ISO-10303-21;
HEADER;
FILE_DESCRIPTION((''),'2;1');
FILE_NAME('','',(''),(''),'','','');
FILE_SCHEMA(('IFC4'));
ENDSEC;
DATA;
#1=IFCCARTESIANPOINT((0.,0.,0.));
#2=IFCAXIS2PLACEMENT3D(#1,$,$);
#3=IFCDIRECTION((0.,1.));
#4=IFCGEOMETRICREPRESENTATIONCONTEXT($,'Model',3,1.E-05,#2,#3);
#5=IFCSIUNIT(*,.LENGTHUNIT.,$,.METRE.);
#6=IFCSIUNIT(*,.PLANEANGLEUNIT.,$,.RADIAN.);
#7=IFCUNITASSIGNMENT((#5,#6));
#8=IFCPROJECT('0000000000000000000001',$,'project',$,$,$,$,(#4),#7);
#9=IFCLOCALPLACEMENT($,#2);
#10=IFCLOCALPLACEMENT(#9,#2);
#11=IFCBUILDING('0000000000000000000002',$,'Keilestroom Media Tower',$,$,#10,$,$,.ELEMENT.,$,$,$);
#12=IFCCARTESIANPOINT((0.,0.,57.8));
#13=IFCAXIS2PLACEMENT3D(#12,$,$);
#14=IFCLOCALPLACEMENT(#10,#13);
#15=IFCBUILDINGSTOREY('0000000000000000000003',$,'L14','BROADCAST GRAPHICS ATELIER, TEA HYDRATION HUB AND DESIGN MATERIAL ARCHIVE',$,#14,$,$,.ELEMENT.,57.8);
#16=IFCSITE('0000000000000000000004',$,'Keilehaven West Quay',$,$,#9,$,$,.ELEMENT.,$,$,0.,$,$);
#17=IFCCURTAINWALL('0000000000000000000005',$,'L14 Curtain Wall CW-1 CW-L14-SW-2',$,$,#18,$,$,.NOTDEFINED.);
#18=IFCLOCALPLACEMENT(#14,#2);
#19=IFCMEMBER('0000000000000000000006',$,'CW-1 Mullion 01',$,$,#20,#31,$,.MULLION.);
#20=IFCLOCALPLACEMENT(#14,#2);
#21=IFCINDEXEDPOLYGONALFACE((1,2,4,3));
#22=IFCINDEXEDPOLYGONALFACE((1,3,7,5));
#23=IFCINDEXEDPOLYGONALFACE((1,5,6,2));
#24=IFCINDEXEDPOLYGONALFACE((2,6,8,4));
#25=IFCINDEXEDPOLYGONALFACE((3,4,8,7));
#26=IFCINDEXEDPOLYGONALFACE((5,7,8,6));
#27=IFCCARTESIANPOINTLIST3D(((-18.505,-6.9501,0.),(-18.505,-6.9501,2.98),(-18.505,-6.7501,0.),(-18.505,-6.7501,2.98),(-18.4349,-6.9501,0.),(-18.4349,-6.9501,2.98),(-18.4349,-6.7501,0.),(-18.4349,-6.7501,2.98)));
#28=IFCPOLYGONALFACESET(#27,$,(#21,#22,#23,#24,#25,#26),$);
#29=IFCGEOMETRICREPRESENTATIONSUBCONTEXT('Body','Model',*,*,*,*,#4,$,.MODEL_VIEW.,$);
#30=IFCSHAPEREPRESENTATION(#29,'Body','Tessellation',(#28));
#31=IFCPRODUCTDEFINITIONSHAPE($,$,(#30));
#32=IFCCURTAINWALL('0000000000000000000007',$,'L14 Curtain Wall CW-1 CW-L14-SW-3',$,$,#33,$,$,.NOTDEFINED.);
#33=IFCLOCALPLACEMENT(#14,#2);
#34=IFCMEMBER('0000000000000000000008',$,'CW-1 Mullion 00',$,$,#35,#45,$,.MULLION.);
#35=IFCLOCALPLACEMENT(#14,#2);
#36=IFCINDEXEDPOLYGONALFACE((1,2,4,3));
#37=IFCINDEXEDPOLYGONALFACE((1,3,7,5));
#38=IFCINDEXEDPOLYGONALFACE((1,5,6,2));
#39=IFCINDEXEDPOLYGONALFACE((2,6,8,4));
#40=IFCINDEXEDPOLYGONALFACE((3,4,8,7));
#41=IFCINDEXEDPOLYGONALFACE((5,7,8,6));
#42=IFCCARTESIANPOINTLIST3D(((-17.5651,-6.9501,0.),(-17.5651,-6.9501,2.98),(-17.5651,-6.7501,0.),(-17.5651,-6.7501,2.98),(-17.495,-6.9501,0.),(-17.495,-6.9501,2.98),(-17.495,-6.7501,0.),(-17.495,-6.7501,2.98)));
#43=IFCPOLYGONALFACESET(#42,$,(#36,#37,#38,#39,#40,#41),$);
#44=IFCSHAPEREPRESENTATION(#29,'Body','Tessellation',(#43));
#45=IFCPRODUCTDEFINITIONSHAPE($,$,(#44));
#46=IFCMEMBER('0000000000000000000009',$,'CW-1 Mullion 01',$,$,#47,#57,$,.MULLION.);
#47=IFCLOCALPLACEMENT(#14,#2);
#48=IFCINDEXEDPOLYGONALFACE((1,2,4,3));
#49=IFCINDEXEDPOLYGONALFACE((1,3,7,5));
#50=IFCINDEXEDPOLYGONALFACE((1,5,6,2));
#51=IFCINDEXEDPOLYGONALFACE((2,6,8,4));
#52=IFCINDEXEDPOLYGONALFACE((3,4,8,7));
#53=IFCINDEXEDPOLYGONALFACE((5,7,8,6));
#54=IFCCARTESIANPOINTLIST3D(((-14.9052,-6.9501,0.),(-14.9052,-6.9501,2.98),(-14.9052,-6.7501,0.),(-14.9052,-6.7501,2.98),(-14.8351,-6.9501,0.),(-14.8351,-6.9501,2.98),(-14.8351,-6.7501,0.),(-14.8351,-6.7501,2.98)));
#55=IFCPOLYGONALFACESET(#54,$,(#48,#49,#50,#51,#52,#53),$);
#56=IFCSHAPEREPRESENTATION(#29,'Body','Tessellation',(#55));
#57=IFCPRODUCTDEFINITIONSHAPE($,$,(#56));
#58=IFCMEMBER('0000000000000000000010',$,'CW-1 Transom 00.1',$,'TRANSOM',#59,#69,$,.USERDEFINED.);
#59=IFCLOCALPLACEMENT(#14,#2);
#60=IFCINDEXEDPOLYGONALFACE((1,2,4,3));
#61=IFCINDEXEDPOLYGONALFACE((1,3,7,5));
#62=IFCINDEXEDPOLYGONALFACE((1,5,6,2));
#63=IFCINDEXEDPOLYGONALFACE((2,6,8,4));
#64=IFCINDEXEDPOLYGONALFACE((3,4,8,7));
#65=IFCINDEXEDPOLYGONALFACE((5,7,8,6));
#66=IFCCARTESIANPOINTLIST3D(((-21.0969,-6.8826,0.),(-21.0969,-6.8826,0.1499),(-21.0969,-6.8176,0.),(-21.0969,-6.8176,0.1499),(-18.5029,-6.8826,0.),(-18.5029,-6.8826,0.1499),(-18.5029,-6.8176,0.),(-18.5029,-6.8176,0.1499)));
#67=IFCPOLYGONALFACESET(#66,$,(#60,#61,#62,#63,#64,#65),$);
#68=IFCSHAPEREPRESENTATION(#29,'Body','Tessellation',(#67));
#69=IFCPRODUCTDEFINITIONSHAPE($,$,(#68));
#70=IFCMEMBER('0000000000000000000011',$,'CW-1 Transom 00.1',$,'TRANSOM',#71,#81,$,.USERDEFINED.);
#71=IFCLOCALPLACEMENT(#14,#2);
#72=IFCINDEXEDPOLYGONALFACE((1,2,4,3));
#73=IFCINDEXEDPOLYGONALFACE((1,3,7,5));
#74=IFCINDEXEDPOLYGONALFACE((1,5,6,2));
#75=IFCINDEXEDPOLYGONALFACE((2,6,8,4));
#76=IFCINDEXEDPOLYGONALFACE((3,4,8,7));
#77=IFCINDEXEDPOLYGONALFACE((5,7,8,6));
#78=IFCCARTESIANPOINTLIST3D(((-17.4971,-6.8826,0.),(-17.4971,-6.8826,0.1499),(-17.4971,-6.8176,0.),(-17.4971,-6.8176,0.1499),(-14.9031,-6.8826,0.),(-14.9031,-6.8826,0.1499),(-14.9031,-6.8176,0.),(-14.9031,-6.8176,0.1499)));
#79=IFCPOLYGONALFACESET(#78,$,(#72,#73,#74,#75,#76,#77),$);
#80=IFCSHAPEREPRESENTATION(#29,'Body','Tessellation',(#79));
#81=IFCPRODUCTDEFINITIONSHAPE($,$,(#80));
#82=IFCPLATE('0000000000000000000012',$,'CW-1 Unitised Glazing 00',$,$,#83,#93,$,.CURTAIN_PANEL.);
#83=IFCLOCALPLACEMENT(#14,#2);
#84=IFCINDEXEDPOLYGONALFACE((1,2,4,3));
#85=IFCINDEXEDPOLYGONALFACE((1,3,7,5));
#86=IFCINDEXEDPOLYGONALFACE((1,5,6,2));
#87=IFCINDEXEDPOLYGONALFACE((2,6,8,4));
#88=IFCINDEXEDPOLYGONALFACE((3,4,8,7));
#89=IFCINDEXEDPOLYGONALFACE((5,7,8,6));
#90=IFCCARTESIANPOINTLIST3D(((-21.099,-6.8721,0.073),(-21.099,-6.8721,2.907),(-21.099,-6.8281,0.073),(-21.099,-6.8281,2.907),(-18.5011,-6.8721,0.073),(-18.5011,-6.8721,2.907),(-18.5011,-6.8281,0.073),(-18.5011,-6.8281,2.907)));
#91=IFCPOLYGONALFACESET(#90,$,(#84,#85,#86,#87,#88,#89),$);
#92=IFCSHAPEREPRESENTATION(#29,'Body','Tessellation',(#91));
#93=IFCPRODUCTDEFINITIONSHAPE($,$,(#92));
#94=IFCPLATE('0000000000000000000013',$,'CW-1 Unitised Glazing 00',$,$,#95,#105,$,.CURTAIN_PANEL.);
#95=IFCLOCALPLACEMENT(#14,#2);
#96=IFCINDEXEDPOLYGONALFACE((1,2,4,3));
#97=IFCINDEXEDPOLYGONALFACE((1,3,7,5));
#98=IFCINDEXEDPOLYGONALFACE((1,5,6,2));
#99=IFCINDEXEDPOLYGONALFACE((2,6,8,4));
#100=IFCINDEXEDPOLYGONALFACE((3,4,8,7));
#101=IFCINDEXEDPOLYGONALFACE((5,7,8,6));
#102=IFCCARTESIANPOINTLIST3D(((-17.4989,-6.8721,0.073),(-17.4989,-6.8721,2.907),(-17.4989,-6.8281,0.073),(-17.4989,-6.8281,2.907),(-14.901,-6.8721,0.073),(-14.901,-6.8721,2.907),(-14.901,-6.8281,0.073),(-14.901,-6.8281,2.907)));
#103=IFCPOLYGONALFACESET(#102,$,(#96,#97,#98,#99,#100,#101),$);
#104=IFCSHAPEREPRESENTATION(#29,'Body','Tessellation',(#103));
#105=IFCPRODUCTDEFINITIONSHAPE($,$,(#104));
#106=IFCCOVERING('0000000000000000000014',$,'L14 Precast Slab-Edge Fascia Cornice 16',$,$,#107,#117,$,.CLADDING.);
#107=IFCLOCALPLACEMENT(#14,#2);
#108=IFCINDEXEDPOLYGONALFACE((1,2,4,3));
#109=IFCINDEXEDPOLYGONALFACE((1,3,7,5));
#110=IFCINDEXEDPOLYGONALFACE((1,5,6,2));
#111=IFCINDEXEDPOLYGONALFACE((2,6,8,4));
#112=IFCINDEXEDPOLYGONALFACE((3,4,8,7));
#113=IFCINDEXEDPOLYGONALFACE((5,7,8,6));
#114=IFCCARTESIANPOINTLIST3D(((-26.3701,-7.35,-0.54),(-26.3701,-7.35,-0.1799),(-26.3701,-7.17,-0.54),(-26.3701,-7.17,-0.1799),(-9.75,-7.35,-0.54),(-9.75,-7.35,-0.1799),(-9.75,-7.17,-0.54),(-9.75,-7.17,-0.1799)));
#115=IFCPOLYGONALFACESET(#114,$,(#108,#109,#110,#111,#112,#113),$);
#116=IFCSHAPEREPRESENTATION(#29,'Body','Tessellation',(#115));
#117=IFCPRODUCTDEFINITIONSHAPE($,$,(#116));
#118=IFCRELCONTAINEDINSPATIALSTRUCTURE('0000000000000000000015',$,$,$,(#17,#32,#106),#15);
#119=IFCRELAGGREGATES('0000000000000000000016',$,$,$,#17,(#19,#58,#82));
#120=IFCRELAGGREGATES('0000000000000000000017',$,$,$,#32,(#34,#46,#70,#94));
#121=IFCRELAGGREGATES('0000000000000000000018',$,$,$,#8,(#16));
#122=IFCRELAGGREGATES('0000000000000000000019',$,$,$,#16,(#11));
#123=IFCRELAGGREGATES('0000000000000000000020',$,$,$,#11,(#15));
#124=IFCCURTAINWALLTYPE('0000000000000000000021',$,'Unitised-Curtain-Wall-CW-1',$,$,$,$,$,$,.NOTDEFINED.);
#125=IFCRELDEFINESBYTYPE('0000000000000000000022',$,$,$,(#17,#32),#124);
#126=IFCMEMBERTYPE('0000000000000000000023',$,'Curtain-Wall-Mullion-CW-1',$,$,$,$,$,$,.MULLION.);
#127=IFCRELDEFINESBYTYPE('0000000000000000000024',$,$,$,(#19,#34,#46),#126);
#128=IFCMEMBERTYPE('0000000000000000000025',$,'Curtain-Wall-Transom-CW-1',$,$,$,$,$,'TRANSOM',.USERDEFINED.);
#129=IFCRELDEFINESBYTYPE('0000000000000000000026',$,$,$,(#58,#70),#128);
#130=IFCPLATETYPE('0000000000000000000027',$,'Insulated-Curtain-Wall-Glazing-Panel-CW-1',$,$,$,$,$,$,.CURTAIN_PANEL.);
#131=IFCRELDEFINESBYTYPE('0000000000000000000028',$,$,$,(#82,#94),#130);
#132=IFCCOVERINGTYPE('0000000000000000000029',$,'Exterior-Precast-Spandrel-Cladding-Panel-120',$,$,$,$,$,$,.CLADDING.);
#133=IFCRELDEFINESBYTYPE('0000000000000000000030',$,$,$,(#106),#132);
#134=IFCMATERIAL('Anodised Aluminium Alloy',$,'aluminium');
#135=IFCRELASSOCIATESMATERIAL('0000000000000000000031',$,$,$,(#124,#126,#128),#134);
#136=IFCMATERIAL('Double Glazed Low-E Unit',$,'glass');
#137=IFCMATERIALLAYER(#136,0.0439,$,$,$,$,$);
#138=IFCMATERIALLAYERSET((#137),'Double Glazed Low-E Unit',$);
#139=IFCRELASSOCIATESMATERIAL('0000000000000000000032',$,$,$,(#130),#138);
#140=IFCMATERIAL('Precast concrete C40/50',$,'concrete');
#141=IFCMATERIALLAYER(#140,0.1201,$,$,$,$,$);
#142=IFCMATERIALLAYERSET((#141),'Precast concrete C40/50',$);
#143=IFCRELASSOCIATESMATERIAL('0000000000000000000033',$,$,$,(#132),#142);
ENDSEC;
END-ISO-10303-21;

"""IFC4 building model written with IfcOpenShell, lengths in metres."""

from ifc_helpers import new_model, si_unit, direction, frame, origin, origin_2d, place, context, subcontext, project, spatial, rectangle, extrude, source, transform, mapped, material, layer, layer_set, material_profile, profile_set, type_object, element, aggregate, save


model = new_model("IFC4")

# Units and contexts
model_context = context("Model", 3, precision=1e-05, world=origin(), true_north=direction((0.0, 1.0)))
body_context = subcontext(model_context, "Body", "Model", "MODEL_VIEW")
ifc_project = project(units=[si_unit("LENGTHUNIT", "METRE"), si_unit("PLANEANGLEUNIT", "RADIAN")], contexts=[model_context])

# Site, building, storey
site_placement = place(None, origin())
site = spatial("IfcSite", under=ifc_project, at=site_placement, Name="Keilehaven West Quay", CompositionType="ELEMENT", RefElevation=0.0)
building_placement = place(site_placement, origin())
building = spatial("IfcBuilding", under=site, at=building_placement, Name="Keilestroom Media Tower", CompositionType="ELEMENT")
storey_placement = place(building_placement, frame((0.0, 0.0, 57.8)))
storey = spatial("IfcBuildingStorey", under=building, at=storey_placement, Name="L14", Description="BROADCAST GRAPHICS ATELIER, TEA HYDRATION HUB AND DESIGN MATERIAL ARCHIVE", CompositionType="ELEMENT", Elevation=57.8)

# Shared definitions
ifc_material_1 = material(Name="Precast concrete C40/50", Category="concrete")

# Shared definitions
ifc_material_2 = material(Name="Anodised Aluminium Alloy", Category="aluminium")
curtain_wall_type = type_object("IfcCurtainWallType", Name="Unitised-Curtain-Wall-CW-1", PredefinedType="NOTDEFINED", material=ifc_material_2)
ifc_material_profile_1 = material_profile(ifc_material_2, rectangle(XDim=0.0701, YDim=0.2, at=origin_2d()), Name="ALU MULLION 70x200")
ifc_profile_set_1 = profile_set([ifc_material_profile_1], Name="Anodised Aluminium Alloy")
member_type_1 = type_object("IfcMemberType", Name="Curtain-Wall-Mullion-CW-1", PredefinedType="MULLION", material=ifc_profile_set_1)
shared_shape_1 = source(origin(), body_context, "Body", "SweptSolid", [
    extrude(rectangle(XDim=0.0701, YDim=0.2, at=origin_2d()), origin(), (0.0, 0.0, 1.0), 2.98),
])

# Curtain walls, members
curtain_wall_1_placement = place(storey_placement, origin())
curtain_wall_1 = element("IfcCurtainWall", 1, at=curtain_wall_1_placement, inside=storey, type_object=curtain_wall_type, Name="L14 Curtain Wall CW-1 CW-L14-SW-2", PredefinedType="NOTDEFINED")
member_1_placement = place(storey_placement, frame((-18.47, -6.8501, 0.0), z_axis=(0.0, 0.0, 1.0), x_axis=(1.0, 0.0, 0.0)))
member_1 = element("IfcMember", 2, at=member_1_placement, type_object=member_type_1, Name="CW-1 Mullion 01", PredefinedType="MULLION", context=body_context, shape_type="MappedRepresentation", body=[
    mapped(shared_shape_1, transform((0.0, 0.0, 0.0), x_axis=(1.0, 0.0, 0.0), y_axis=(0.0, 1.0, 0.0), z_axis=(0.0, 0.0, 1.0), scale=1.0)),
])
curtain_wall_2_placement = place(storey_placement, origin())
curtain_wall_2 = element("IfcCurtainWall", 3, at=curtain_wall_2_placement, inside=storey, type_object=curtain_wall_type, Name="L14 Curtain Wall CW-1 CW-L14-SW-3", PredefinedType="NOTDEFINED")
member_2_placement = place(storey_placement, frame((-17.53, -6.8501, 0.0), z_axis=(0.0, 0.0, 1.0), x_axis=(1.0, 0.0, 0.0)))
member_2 = element("IfcMember", 4, at=member_2_placement, type_object=member_type_1, Name="CW-1 Mullion 00", PredefinedType="MULLION", context=body_context, shape_type="MappedRepresentation", body=[
    mapped(shared_shape_1, transform((0.0, 0.0, 0.0), x_axis=(1.0, 0.0, 0.0), y_axis=(0.0, 1.0, 0.0), z_axis=(0.0, 0.0, 1.0), scale=1.0)),
])
member_3_placement = place(storey_placement, frame((-14.8701, -6.8501, 0.0), z_axis=(0.0, 0.0, 1.0), x_axis=(1.0, 0.0, 0.0)))
member_3 = element("IfcMember", 5, at=member_3_placement, type_object=member_type_1, Name="CW-1 Mullion 01", PredefinedType="MULLION", context=body_context, shape_type="MappedRepresentation", body=[
    mapped(shared_shape_1, transform((0.0, 0.0, 0.0), x_axis=(1.0, 0.0, 0.0), y_axis=(0.0, 1.0, 0.0), z_axis=(0.0, 0.0, 1.0), scale=1.0)),
])

# Members
ifc_material_profile_2 = material_profile(ifc_material_2, rectangle(XDim=0.0649, YDim=0.1499, at=origin_2d()), Name="ALU TRANSOM 65x150")
ifc_profile_set_2 = profile_set([ifc_material_profile_2], Name="Anodised Aluminium Alloy")
member_type_2 = type_object("IfcMemberType", Name="Curtain-Wall-Transom-CW-1", ElementType="TRANSOM", PredefinedType="USERDEFINED", material=ifc_profile_set_2)
shared_shape_2 = source(origin(), body_context, "Body", "SweptSolid", [
    extrude(rectangle(XDim=0.0649, YDim=0.1499, at=origin_2d()), origin(), (0.0, 0.0, 1.0), 2.594),
])
member_4_placement = place(storey_placement, frame((-21.0969, -6.8501, 0.075), z_axis=(1.0, 0.0, 0.0), x_axis=(0.0, 1.0, 0.0)))
member_4 = element("IfcMember", 6, at=member_4_placement, type_object=member_type_2, Name="CW-1 Transom 00.1", ObjectType="TRANSOM", PredefinedType="USERDEFINED", context=body_context, shape_type="MappedRepresentation", body=[
    mapped(shared_shape_2, transform((0.0, 0.0, 0.0), x_axis=(1.0, 0.0, 0.0), y_axis=(0.0, 1.0, 0.0), z_axis=(0.0, 0.0, 1.0), scale=1.0)),
])
member_5_placement = place(storey_placement, frame((-17.4971, -6.8501, 0.075), z_axis=(1.0, 0.0, 0.0), x_axis=(0.0, 1.0, 0.0)))
member_5 = element("IfcMember", 7, at=member_5_placement, type_object=member_type_2, Name="CW-1 Transom 00.1", ObjectType="TRANSOM", PredefinedType="USERDEFINED", context=body_context, shape_type="MappedRepresentation", body=[
    mapped(shared_shape_2, transform((0.0, 0.0, 0.0), x_axis=(1.0, 0.0, 0.0), y_axis=(0.0, 1.0, 0.0), z_axis=(0.0, 0.0, 1.0), scale=1.0)),
])

# Plates
ifc_material_3 = material(Name="Double Glazed Low-E Unit", Category="glass")
ifc_layer_1 = layer(ifc_material_3, 0.0439)
ifc_layer_set_1 = layer_set([ifc_layer_1], Name="Double Glazed Low-E Unit")
plate_type = type_object("IfcPlateType", Name="Insulated-Curtain-Wall-Glazing-Panel-CW-1", PredefinedType="CURTAIN_PANEL", material=ifc_layer_set_1)
shared_shape_3 = source(origin(), body_context, "Body", "SweptSolid", [
    extrude(rectangle(XDim=2.5979, YDim=0.0439, at=origin_2d()), origin(), (0.0, 0.0, 1.0), 2.834),
])
plate_1_placement = place(storey_placement, frame((-19.8, -6.8501, 0.073), z_axis=(0.0, 0.0, 1.0), x_axis=(1.0, 0.0, 0.0)))
plate_1 = element("IfcPlate", 8, at=plate_1_placement, type_object=plate_type, Name="CW-1 Unitised Glazing 00", PredefinedType="CURTAIN_PANEL", context=body_context, shape_type="MappedRepresentation", body=[
    mapped(shared_shape_3, transform((0.0, 0.0, 0.0), x_axis=(1.0, 0.0, 0.0), y_axis=(0.0, 1.0, 0.0), z_axis=(0.0, 0.0, 1.0), scale=1.0)),
])
aggregate(curtain_wall_1, [member_1, member_4, plate_1])
plate_2_placement = place(storey_placement, frame((-16.2, -6.8501, 0.073), z_axis=(0.0, 0.0, 1.0), x_axis=(1.0, 0.0, 0.0)))
plate_2 = element("IfcPlate", 9, at=plate_2_placement, type_object=plate_type, Name="CW-1 Unitised Glazing 00", PredefinedType="CURTAIN_PANEL", context=body_context, shape_type="MappedRepresentation", body=[
    mapped(shared_shape_3, transform((0.0, 0.0, 0.0), x_axis=(1.0, 0.0, 0.0), y_axis=(0.0, 1.0, 0.0), z_axis=(0.0, 0.0, 1.0), scale=1.0)),
])
aggregate(curtain_wall_2, [member_2, member_3, member_5, plate_2])

# Covering
ifc_layer_2 = layer(ifc_material_1, 0.1201)
ifc_layer_set_2 = layer_set([ifc_layer_2], Name="Precast concrete C40/50")
covering_type = type_object("IfcCoveringType", Name="Exterior-Precast-Spandrel-Cladding-Panel-120", PredefinedType="CLADDING", material=ifc_layer_set_2)
shared_shape_4 = source(origin(), body_context, "Body", "SweptSolid", [
    extrude(rectangle(XDim=16.6201, YDim=0.1799, at=origin_2d()), origin(), (0.0, 0.0, 1.0), 0.3601),
])
covering_placement = place(storey_placement, frame((-18.0601, -7.26, -0.54), z_axis=(0.0, 0.0, 1.0), x_axis=(-1.0, 0.0, 0.0)))
element("IfcCovering", 10, at=covering_placement, inside=storey, type_object=covering_type, Name="L14 Precast Slab-Edge Fascia Cornice 16", PredefinedType="CLADDING", context=body_context, shape_type="MappedRepresentation", body=[
    mapped(shared_shape_4, transform((0.0, 0.0, 0.0), x_axis=(1.0, 0.0, 0.0), y_axis=(0.0, 1.0, 0.0), z_axis=(0.0, 0.0, 1.0), scale=1.0)),
])

save(model, "model.ifc")
